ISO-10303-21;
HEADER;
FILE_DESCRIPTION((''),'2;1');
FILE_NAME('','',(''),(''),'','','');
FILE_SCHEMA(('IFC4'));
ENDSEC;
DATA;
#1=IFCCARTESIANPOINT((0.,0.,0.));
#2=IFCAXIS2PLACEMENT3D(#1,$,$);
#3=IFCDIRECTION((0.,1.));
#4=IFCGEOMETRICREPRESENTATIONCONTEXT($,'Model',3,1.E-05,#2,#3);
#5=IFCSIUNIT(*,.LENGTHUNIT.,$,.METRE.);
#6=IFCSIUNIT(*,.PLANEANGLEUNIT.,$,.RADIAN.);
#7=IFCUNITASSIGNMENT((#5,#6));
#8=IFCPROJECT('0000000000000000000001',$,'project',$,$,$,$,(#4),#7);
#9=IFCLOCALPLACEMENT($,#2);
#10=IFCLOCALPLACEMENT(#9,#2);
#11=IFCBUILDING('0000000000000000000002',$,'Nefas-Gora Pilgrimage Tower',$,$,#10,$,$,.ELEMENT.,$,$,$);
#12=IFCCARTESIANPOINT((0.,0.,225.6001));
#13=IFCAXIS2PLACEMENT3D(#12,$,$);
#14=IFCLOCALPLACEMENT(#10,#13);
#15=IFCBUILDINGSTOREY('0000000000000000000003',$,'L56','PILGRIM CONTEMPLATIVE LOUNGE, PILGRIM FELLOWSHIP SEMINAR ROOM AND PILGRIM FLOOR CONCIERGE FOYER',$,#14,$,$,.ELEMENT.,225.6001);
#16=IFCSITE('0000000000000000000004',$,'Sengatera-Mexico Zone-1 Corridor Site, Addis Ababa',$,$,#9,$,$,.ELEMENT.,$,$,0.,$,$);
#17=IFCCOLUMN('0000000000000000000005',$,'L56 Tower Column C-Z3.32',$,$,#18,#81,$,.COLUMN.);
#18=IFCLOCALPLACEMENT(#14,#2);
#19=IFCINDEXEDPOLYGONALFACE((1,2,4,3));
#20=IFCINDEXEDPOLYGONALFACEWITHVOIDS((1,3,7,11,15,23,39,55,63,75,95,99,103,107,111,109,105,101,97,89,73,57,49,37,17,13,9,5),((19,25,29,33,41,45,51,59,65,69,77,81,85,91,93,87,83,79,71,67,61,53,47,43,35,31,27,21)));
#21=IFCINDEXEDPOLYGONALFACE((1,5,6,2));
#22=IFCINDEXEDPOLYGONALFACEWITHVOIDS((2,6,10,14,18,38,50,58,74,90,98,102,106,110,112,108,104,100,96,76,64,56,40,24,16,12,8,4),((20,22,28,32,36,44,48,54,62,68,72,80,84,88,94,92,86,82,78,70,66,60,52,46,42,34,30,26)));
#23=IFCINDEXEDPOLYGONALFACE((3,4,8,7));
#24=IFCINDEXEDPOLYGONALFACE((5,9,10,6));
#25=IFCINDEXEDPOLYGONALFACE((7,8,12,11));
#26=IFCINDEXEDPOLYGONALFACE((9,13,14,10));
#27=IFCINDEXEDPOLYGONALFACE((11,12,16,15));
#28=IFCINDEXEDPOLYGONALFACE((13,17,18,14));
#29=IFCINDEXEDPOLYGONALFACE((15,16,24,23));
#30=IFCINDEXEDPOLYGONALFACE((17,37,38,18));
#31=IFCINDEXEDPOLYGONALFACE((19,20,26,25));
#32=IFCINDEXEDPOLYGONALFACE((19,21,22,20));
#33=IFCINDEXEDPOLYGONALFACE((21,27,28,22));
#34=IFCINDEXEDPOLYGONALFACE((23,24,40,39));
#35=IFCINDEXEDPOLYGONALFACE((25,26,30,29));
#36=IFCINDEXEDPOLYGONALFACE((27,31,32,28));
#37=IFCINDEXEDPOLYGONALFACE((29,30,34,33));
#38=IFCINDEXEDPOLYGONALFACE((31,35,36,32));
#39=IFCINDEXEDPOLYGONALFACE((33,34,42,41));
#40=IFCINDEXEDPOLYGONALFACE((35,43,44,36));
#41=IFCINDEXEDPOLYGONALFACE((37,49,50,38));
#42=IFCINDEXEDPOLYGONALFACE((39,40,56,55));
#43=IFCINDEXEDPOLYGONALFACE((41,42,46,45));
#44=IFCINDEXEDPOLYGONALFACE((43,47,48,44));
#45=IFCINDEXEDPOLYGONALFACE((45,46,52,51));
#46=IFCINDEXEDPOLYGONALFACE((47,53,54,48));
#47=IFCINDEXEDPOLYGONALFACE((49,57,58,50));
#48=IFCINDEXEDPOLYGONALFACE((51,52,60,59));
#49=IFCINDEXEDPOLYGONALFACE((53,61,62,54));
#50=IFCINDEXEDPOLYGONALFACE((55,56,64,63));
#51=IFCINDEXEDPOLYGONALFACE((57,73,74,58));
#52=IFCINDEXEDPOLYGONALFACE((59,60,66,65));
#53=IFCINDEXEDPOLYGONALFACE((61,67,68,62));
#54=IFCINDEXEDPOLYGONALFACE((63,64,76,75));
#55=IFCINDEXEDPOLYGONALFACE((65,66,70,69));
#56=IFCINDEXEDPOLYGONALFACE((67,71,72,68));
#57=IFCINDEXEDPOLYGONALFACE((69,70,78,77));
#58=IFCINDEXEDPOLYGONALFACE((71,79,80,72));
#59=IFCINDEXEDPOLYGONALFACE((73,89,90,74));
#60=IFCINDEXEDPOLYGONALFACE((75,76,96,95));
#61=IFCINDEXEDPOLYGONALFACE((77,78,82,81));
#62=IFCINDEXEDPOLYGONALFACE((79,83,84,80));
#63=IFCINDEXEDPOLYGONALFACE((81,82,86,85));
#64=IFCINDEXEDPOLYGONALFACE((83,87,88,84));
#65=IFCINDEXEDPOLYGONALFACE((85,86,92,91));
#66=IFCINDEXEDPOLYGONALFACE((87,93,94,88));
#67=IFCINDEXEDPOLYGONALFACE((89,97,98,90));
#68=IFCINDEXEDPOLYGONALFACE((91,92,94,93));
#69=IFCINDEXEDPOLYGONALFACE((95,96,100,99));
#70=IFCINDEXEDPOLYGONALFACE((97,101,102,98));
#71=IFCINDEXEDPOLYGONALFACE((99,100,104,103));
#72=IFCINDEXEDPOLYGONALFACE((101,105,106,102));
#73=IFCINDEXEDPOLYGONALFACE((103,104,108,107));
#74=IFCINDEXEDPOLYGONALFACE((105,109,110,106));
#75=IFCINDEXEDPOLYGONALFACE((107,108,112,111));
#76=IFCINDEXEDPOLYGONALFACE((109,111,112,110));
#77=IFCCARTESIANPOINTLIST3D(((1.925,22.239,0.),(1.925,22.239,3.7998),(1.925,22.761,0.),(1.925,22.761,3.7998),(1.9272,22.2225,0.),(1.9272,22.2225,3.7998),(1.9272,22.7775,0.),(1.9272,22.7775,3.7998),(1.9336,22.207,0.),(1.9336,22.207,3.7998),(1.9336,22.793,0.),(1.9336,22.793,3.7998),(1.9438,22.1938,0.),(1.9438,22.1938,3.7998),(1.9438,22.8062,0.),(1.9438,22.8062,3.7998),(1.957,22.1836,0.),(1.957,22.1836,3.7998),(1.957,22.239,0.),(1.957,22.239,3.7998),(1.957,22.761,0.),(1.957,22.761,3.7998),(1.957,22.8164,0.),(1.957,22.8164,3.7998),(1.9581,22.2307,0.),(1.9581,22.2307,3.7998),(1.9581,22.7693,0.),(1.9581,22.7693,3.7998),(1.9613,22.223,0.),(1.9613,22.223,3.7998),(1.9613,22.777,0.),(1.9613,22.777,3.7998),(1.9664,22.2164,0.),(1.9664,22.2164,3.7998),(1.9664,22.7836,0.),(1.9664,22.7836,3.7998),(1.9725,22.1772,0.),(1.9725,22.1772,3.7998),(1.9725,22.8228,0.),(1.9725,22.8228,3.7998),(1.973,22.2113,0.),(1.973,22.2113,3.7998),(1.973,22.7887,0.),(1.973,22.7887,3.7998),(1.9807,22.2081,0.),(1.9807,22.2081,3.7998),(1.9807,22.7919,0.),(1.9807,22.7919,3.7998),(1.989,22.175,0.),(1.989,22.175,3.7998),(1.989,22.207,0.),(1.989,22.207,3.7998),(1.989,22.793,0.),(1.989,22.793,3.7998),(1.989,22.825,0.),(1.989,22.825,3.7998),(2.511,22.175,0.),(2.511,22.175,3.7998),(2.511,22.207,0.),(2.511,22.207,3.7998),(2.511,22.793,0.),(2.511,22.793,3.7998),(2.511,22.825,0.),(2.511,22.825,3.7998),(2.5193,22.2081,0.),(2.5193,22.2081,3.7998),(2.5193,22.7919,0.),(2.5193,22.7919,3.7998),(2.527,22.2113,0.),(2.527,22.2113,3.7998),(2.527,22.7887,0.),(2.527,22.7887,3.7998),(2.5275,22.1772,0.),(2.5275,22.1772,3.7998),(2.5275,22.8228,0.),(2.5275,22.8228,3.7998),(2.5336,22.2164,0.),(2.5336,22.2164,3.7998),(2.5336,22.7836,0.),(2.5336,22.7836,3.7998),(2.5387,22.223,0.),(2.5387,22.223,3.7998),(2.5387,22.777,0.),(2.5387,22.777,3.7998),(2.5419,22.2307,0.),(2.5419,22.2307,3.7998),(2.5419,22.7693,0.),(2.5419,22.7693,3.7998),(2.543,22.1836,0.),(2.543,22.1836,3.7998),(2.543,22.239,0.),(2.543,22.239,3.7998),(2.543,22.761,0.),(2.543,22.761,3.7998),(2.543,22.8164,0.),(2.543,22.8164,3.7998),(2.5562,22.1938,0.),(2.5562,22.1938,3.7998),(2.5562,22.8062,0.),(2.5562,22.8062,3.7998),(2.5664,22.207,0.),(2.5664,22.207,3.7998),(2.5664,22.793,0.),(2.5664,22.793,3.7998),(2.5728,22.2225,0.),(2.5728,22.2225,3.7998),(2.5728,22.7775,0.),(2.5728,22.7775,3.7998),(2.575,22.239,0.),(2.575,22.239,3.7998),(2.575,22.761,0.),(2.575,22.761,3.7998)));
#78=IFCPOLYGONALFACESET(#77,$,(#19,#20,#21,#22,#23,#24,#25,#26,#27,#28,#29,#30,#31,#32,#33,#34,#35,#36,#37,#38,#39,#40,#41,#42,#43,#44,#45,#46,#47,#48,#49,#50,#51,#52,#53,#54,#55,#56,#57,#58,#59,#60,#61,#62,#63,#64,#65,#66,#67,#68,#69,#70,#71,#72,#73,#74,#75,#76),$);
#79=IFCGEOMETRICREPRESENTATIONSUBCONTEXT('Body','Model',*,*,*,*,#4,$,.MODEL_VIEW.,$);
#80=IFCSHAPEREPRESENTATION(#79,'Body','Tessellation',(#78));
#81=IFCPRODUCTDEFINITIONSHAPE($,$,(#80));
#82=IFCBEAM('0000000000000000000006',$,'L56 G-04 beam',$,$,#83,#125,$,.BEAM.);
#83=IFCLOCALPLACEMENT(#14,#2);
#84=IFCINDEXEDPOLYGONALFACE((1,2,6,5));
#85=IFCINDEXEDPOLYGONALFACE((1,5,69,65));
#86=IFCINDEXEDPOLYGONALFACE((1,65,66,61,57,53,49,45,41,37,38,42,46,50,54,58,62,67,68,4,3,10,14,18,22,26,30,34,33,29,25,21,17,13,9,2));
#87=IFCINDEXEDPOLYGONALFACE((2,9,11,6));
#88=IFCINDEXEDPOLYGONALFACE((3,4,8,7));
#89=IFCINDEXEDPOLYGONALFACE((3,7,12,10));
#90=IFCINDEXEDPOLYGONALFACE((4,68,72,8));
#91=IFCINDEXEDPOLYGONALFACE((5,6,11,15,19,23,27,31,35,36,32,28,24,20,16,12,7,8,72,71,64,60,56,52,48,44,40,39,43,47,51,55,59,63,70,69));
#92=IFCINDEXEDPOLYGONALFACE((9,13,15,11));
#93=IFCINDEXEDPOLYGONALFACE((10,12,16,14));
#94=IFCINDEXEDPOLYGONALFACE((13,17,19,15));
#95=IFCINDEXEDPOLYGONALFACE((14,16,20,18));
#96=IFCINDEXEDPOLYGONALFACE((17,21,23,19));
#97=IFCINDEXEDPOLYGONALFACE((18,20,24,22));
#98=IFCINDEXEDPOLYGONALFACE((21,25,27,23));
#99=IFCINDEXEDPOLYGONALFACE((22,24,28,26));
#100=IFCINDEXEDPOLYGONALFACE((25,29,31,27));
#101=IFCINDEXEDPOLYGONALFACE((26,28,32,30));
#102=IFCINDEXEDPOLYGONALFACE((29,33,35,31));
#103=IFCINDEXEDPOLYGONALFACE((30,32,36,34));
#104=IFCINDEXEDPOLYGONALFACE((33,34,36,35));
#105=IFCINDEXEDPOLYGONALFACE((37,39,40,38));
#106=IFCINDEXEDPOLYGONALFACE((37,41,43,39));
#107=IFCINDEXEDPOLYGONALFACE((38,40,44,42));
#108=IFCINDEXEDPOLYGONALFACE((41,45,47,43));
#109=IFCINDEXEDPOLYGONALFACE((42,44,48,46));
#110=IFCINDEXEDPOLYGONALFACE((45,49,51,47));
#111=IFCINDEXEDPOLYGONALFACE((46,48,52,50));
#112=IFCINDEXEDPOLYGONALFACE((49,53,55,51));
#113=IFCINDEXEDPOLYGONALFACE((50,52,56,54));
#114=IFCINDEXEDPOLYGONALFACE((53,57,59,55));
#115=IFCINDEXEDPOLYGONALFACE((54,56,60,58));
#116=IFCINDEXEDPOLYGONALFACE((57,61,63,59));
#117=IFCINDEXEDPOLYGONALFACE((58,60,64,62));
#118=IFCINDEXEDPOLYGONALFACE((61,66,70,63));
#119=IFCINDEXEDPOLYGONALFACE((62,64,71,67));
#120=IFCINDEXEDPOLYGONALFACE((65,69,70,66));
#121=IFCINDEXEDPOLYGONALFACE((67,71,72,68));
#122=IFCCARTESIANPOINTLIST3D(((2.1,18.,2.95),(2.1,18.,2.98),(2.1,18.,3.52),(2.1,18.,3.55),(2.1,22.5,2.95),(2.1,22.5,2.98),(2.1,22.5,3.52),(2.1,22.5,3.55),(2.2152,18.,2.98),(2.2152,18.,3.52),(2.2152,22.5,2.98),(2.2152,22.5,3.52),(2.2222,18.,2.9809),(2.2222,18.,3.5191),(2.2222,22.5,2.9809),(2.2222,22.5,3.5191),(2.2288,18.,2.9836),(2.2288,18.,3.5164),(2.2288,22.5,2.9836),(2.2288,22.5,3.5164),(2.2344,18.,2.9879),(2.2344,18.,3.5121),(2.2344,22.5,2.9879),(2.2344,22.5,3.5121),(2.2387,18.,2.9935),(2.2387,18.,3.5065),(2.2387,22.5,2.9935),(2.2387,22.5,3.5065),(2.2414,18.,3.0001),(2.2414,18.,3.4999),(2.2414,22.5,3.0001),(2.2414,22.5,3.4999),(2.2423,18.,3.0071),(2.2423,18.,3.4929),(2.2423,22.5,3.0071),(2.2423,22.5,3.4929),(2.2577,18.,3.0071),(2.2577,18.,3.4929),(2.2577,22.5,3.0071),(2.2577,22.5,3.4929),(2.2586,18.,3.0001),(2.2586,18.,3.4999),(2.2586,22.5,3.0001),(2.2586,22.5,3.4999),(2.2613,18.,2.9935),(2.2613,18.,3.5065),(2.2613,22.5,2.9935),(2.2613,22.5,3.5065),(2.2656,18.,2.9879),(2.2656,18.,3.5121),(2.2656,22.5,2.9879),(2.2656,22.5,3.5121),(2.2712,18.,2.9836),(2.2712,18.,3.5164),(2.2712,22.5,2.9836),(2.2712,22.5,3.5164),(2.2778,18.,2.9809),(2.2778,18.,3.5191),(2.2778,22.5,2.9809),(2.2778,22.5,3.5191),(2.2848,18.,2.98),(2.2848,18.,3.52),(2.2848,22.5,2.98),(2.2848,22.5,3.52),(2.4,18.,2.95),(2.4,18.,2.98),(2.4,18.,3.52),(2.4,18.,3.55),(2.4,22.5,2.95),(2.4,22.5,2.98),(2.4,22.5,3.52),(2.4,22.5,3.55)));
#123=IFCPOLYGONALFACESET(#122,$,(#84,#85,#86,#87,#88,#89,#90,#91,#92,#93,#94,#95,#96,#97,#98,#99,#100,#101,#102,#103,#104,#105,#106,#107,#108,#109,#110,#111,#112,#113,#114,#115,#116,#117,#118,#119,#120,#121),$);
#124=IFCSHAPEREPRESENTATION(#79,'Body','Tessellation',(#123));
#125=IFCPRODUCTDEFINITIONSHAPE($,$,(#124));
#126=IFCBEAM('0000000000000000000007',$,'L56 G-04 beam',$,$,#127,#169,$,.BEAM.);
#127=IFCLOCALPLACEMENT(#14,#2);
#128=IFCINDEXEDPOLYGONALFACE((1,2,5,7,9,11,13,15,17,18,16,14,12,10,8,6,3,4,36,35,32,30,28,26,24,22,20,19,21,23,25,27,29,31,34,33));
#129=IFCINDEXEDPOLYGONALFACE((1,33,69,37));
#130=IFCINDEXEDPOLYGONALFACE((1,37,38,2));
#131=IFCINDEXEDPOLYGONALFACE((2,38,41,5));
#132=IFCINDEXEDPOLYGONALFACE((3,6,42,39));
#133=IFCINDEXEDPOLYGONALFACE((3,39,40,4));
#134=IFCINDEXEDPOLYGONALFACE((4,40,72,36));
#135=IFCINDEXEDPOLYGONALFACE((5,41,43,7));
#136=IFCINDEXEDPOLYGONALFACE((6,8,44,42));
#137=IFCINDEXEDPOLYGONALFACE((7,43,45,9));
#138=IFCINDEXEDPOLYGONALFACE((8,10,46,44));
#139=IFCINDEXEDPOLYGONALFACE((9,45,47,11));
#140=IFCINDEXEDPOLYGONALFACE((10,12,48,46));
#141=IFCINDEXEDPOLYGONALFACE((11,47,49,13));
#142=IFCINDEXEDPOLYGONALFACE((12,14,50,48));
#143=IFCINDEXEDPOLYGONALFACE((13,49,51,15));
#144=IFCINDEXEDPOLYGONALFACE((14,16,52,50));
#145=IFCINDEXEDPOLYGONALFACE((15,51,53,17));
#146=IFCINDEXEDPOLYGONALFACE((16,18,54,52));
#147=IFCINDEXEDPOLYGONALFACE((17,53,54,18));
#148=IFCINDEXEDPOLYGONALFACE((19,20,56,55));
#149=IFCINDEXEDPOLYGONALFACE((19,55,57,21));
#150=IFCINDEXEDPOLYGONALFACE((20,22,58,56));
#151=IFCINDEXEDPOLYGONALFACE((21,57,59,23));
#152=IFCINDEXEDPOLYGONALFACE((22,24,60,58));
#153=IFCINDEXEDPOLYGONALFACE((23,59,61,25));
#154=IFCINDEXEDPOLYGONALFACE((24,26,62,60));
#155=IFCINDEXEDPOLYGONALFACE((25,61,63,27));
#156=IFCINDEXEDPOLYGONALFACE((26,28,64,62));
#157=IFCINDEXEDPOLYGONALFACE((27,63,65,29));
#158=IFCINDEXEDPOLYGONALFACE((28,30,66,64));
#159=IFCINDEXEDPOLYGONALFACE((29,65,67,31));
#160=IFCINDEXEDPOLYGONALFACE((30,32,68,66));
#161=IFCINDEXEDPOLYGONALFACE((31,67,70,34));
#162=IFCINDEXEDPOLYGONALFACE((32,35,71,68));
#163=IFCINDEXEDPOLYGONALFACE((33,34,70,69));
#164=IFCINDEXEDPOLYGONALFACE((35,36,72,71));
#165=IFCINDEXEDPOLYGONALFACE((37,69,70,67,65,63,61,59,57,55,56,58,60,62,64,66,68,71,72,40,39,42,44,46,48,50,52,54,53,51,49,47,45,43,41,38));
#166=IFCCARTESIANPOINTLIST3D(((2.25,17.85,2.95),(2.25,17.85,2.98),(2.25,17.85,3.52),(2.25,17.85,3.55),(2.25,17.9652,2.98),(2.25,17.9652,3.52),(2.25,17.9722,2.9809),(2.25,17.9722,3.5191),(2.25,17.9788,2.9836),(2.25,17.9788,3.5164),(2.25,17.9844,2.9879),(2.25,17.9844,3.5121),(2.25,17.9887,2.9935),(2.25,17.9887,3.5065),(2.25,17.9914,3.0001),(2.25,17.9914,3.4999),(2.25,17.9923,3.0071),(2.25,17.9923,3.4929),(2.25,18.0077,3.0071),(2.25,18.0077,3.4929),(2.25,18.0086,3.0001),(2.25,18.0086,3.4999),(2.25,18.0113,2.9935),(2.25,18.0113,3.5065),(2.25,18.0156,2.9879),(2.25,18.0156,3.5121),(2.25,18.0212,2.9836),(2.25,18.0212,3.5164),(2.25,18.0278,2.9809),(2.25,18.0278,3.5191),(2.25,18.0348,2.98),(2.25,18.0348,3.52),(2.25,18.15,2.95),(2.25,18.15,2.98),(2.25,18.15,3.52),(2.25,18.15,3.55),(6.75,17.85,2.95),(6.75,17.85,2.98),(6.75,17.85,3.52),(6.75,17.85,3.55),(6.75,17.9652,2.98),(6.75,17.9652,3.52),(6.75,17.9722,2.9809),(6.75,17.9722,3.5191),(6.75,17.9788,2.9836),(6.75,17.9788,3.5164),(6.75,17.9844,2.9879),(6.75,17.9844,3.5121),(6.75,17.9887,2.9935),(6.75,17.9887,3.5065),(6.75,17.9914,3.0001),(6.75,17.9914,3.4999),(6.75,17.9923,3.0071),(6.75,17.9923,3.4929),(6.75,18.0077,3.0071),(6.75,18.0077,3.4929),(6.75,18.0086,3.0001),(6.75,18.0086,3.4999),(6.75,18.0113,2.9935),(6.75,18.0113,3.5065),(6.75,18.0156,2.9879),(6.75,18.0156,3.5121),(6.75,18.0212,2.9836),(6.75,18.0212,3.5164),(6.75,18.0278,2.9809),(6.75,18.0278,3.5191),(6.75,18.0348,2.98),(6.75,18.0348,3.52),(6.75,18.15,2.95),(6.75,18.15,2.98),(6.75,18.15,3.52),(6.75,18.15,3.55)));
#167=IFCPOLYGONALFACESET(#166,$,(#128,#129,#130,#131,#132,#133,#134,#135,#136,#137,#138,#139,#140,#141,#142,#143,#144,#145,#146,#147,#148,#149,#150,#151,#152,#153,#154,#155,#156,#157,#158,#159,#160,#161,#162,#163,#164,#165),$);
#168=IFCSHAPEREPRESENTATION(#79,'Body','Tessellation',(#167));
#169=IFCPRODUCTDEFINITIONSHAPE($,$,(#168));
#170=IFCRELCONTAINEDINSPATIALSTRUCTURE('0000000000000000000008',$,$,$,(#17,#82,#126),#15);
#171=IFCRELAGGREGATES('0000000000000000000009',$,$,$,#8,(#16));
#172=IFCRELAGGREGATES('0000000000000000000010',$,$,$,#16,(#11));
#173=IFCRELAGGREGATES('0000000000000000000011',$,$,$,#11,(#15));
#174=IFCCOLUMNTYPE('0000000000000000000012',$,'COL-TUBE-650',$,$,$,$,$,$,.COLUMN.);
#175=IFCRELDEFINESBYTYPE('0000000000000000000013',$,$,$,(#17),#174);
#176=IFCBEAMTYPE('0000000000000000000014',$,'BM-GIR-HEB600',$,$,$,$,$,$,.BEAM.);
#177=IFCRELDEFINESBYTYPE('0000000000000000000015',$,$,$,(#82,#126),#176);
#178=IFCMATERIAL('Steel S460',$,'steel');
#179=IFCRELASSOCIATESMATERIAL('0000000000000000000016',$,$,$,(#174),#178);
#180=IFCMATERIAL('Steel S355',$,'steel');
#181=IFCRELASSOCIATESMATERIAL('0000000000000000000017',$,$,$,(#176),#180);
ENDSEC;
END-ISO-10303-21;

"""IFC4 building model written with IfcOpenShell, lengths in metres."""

from ifc_helpers import new_model, si_unit, direction, frame, origin, origin_2d, place, context, subcontext, project, spatial, hollow_rectangle, i_section, extrude, source, transform, mapped, material, material_profile, profile_set, type_object, element, save


model = new_model("IFC4")

# Units and contexts
model_context = context("Model", 3, precision=1e-05, world=origin(), true_north=direction((0.0, 1.0)))
body_context = subcontext(model_context, "Body", "Model", "MODEL_VIEW")
ifc_project = project(units=[si_unit("LENGTHUNIT", "METRE"), si_unit("PLANEANGLEUNIT", "RADIAN")], contexts=[model_context])

# Site, building, storey
site_placement = place(None, origin())
site = spatial("IfcSite", under=ifc_project, at=site_placement, Name="Sengatera-Mexico Zone-1 Corridor Site, Addis Ababa", CompositionType="ELEMENT", RefElevation=0.0)
building_placement = place(site_placement, origin())
building = spatial("IfcBuilding", under=site, at=building_placement, Name="Nefas-Gora Pilgrimage Tower", CompositionType="ELEMENT")
storey_placement = place(building_placement, frame((0.0, 0.0, 225.6001)))
storey = spatial("IfcBuildingStorey", under=building, at=storey_placement, Name="L56", Description="PILGRIM CONTEMPLATIVE LOUNGE, PILGRIM FELLOWSHIP SEMINAR ROOM AND PILGRIM FLOOR CONCIERGE FOYER", CompositionType="ELEMENT", Elevation=225.6001)

# Column
ifc_material_1 = material(Name="Steel S460", Category="steel")
ifc_material_profile_1 = material_profile(ifc_material_1, hollow_rectangle(XDim=0.6499, YDim=0.6499, WallThickness=0.032, InnerFilletRadius=0.032, OuterFilletRadius=0.064, at=origin_2d()), Name="BOX 650x650x32")
ifc_profile_set_1 = profile_set([ifc_material_profile_1], Name="Steel S460")
column_type_1 = type_object("IfcColumnType", Name="COL-TUBE-650", PredefinedType="COLUMN", material=ifc_profile_set_1)
shared_shape_1 = source(origin(), body_context, "Body", "SweptSolid", [
    extrude(hollow_rectangle(XDim=0.6499, YDim=0.6499, WallThickness=0.032, InnerFilletRadius=0.032, OuterFilletRadius=0.064, at=origin_2d()), origin(), (0.0, 0.0, 1.0), 3.7998),
])
column_placement = place(storey_placement, frame((2.25, 22.5, 0.0), z_axis=(0.0, 0.0, 1.0), x_axis=(1.0, 0.0, 0.0)))
element("IfcColumn", 1, at=column_placement, inside=storey, type_object=column_type_1, Name="L56 Tower Column C-Z3.32", PredefinedType="COLUMN", context=body_context, shape_type="MappedRepresentation", body=[
    mapped(shared_shape_1, transform((0.0, 0.0, 0.0), x_axis=(1.0, 0.0, 0.0), y_axis=(0.0, 1.0, 0.0), z_axis=(0.0, 0.0, 1.0), scale=1.0)),
])

# Beams
ifc_material_2 = material(Name="Steel S355", Category="steel")
ifc_material_profile_2 = material_profile(ifc_material_2, i_section(OverallWidth=0.3, OverallDepth=0.6001, WebThickness=0.0154, FlangeThickness=0.03, FilletRadius=0.0271, at=origin_2d()), Name="HEB 600")
ifc_profile_set_2 = profile_set([ifc_material_profile_2], Name="Steel S355")
beam_type = type_object("IfcBeamType", Name="BM-GIR-HEB600", PredefinedType="BEAM", material=ifc_profile_set_2)
shared_shape_2 = source(origin(), body_context, "Body", "SweptSolid", [
    extrude(i_section(OverallWidth=0.3, OverallDepth=0.6001, WebThickness=0.0154, FlangeThickness=0.03, FilletRadius=0.0271, at=origin_2d()), origin(), (0.0, 0.0, 1.0), 4.5),
])
for number, where, z_axis, x_axis, name in (
    (2, (2.25, 18.0, 3.25), (0.0, 1.0, 0.0), (-1.0, 0.0, 0.0), "L56 G-04 beam"),
    (3, (2.25, 18.0, 3.25), (1.0, 0.0, 0.0), (0.0, 1.0, 0.0), "L56 G-04 beam"),
):
    element("IfcBeam", number, at=place(storey_placement, frame(where, z_axis=z_axis, x_axis=x_axis)), inside=storey, type_object=beam_type, Name=name, PredefinedType="BEAM", context=body_context, shape_type="MappedRepresentation", body=[
        mapped(shared_shape_2, transform((0.0, 0.0, 0.0), x_axis=(1.0, 0.0, 0.0), y_axis=(0.0, 1.0, 0.0), z_axis=(0.0, 0.0, 1.0), scale=1.0)),
    ])

save(model, "model.ifc")
